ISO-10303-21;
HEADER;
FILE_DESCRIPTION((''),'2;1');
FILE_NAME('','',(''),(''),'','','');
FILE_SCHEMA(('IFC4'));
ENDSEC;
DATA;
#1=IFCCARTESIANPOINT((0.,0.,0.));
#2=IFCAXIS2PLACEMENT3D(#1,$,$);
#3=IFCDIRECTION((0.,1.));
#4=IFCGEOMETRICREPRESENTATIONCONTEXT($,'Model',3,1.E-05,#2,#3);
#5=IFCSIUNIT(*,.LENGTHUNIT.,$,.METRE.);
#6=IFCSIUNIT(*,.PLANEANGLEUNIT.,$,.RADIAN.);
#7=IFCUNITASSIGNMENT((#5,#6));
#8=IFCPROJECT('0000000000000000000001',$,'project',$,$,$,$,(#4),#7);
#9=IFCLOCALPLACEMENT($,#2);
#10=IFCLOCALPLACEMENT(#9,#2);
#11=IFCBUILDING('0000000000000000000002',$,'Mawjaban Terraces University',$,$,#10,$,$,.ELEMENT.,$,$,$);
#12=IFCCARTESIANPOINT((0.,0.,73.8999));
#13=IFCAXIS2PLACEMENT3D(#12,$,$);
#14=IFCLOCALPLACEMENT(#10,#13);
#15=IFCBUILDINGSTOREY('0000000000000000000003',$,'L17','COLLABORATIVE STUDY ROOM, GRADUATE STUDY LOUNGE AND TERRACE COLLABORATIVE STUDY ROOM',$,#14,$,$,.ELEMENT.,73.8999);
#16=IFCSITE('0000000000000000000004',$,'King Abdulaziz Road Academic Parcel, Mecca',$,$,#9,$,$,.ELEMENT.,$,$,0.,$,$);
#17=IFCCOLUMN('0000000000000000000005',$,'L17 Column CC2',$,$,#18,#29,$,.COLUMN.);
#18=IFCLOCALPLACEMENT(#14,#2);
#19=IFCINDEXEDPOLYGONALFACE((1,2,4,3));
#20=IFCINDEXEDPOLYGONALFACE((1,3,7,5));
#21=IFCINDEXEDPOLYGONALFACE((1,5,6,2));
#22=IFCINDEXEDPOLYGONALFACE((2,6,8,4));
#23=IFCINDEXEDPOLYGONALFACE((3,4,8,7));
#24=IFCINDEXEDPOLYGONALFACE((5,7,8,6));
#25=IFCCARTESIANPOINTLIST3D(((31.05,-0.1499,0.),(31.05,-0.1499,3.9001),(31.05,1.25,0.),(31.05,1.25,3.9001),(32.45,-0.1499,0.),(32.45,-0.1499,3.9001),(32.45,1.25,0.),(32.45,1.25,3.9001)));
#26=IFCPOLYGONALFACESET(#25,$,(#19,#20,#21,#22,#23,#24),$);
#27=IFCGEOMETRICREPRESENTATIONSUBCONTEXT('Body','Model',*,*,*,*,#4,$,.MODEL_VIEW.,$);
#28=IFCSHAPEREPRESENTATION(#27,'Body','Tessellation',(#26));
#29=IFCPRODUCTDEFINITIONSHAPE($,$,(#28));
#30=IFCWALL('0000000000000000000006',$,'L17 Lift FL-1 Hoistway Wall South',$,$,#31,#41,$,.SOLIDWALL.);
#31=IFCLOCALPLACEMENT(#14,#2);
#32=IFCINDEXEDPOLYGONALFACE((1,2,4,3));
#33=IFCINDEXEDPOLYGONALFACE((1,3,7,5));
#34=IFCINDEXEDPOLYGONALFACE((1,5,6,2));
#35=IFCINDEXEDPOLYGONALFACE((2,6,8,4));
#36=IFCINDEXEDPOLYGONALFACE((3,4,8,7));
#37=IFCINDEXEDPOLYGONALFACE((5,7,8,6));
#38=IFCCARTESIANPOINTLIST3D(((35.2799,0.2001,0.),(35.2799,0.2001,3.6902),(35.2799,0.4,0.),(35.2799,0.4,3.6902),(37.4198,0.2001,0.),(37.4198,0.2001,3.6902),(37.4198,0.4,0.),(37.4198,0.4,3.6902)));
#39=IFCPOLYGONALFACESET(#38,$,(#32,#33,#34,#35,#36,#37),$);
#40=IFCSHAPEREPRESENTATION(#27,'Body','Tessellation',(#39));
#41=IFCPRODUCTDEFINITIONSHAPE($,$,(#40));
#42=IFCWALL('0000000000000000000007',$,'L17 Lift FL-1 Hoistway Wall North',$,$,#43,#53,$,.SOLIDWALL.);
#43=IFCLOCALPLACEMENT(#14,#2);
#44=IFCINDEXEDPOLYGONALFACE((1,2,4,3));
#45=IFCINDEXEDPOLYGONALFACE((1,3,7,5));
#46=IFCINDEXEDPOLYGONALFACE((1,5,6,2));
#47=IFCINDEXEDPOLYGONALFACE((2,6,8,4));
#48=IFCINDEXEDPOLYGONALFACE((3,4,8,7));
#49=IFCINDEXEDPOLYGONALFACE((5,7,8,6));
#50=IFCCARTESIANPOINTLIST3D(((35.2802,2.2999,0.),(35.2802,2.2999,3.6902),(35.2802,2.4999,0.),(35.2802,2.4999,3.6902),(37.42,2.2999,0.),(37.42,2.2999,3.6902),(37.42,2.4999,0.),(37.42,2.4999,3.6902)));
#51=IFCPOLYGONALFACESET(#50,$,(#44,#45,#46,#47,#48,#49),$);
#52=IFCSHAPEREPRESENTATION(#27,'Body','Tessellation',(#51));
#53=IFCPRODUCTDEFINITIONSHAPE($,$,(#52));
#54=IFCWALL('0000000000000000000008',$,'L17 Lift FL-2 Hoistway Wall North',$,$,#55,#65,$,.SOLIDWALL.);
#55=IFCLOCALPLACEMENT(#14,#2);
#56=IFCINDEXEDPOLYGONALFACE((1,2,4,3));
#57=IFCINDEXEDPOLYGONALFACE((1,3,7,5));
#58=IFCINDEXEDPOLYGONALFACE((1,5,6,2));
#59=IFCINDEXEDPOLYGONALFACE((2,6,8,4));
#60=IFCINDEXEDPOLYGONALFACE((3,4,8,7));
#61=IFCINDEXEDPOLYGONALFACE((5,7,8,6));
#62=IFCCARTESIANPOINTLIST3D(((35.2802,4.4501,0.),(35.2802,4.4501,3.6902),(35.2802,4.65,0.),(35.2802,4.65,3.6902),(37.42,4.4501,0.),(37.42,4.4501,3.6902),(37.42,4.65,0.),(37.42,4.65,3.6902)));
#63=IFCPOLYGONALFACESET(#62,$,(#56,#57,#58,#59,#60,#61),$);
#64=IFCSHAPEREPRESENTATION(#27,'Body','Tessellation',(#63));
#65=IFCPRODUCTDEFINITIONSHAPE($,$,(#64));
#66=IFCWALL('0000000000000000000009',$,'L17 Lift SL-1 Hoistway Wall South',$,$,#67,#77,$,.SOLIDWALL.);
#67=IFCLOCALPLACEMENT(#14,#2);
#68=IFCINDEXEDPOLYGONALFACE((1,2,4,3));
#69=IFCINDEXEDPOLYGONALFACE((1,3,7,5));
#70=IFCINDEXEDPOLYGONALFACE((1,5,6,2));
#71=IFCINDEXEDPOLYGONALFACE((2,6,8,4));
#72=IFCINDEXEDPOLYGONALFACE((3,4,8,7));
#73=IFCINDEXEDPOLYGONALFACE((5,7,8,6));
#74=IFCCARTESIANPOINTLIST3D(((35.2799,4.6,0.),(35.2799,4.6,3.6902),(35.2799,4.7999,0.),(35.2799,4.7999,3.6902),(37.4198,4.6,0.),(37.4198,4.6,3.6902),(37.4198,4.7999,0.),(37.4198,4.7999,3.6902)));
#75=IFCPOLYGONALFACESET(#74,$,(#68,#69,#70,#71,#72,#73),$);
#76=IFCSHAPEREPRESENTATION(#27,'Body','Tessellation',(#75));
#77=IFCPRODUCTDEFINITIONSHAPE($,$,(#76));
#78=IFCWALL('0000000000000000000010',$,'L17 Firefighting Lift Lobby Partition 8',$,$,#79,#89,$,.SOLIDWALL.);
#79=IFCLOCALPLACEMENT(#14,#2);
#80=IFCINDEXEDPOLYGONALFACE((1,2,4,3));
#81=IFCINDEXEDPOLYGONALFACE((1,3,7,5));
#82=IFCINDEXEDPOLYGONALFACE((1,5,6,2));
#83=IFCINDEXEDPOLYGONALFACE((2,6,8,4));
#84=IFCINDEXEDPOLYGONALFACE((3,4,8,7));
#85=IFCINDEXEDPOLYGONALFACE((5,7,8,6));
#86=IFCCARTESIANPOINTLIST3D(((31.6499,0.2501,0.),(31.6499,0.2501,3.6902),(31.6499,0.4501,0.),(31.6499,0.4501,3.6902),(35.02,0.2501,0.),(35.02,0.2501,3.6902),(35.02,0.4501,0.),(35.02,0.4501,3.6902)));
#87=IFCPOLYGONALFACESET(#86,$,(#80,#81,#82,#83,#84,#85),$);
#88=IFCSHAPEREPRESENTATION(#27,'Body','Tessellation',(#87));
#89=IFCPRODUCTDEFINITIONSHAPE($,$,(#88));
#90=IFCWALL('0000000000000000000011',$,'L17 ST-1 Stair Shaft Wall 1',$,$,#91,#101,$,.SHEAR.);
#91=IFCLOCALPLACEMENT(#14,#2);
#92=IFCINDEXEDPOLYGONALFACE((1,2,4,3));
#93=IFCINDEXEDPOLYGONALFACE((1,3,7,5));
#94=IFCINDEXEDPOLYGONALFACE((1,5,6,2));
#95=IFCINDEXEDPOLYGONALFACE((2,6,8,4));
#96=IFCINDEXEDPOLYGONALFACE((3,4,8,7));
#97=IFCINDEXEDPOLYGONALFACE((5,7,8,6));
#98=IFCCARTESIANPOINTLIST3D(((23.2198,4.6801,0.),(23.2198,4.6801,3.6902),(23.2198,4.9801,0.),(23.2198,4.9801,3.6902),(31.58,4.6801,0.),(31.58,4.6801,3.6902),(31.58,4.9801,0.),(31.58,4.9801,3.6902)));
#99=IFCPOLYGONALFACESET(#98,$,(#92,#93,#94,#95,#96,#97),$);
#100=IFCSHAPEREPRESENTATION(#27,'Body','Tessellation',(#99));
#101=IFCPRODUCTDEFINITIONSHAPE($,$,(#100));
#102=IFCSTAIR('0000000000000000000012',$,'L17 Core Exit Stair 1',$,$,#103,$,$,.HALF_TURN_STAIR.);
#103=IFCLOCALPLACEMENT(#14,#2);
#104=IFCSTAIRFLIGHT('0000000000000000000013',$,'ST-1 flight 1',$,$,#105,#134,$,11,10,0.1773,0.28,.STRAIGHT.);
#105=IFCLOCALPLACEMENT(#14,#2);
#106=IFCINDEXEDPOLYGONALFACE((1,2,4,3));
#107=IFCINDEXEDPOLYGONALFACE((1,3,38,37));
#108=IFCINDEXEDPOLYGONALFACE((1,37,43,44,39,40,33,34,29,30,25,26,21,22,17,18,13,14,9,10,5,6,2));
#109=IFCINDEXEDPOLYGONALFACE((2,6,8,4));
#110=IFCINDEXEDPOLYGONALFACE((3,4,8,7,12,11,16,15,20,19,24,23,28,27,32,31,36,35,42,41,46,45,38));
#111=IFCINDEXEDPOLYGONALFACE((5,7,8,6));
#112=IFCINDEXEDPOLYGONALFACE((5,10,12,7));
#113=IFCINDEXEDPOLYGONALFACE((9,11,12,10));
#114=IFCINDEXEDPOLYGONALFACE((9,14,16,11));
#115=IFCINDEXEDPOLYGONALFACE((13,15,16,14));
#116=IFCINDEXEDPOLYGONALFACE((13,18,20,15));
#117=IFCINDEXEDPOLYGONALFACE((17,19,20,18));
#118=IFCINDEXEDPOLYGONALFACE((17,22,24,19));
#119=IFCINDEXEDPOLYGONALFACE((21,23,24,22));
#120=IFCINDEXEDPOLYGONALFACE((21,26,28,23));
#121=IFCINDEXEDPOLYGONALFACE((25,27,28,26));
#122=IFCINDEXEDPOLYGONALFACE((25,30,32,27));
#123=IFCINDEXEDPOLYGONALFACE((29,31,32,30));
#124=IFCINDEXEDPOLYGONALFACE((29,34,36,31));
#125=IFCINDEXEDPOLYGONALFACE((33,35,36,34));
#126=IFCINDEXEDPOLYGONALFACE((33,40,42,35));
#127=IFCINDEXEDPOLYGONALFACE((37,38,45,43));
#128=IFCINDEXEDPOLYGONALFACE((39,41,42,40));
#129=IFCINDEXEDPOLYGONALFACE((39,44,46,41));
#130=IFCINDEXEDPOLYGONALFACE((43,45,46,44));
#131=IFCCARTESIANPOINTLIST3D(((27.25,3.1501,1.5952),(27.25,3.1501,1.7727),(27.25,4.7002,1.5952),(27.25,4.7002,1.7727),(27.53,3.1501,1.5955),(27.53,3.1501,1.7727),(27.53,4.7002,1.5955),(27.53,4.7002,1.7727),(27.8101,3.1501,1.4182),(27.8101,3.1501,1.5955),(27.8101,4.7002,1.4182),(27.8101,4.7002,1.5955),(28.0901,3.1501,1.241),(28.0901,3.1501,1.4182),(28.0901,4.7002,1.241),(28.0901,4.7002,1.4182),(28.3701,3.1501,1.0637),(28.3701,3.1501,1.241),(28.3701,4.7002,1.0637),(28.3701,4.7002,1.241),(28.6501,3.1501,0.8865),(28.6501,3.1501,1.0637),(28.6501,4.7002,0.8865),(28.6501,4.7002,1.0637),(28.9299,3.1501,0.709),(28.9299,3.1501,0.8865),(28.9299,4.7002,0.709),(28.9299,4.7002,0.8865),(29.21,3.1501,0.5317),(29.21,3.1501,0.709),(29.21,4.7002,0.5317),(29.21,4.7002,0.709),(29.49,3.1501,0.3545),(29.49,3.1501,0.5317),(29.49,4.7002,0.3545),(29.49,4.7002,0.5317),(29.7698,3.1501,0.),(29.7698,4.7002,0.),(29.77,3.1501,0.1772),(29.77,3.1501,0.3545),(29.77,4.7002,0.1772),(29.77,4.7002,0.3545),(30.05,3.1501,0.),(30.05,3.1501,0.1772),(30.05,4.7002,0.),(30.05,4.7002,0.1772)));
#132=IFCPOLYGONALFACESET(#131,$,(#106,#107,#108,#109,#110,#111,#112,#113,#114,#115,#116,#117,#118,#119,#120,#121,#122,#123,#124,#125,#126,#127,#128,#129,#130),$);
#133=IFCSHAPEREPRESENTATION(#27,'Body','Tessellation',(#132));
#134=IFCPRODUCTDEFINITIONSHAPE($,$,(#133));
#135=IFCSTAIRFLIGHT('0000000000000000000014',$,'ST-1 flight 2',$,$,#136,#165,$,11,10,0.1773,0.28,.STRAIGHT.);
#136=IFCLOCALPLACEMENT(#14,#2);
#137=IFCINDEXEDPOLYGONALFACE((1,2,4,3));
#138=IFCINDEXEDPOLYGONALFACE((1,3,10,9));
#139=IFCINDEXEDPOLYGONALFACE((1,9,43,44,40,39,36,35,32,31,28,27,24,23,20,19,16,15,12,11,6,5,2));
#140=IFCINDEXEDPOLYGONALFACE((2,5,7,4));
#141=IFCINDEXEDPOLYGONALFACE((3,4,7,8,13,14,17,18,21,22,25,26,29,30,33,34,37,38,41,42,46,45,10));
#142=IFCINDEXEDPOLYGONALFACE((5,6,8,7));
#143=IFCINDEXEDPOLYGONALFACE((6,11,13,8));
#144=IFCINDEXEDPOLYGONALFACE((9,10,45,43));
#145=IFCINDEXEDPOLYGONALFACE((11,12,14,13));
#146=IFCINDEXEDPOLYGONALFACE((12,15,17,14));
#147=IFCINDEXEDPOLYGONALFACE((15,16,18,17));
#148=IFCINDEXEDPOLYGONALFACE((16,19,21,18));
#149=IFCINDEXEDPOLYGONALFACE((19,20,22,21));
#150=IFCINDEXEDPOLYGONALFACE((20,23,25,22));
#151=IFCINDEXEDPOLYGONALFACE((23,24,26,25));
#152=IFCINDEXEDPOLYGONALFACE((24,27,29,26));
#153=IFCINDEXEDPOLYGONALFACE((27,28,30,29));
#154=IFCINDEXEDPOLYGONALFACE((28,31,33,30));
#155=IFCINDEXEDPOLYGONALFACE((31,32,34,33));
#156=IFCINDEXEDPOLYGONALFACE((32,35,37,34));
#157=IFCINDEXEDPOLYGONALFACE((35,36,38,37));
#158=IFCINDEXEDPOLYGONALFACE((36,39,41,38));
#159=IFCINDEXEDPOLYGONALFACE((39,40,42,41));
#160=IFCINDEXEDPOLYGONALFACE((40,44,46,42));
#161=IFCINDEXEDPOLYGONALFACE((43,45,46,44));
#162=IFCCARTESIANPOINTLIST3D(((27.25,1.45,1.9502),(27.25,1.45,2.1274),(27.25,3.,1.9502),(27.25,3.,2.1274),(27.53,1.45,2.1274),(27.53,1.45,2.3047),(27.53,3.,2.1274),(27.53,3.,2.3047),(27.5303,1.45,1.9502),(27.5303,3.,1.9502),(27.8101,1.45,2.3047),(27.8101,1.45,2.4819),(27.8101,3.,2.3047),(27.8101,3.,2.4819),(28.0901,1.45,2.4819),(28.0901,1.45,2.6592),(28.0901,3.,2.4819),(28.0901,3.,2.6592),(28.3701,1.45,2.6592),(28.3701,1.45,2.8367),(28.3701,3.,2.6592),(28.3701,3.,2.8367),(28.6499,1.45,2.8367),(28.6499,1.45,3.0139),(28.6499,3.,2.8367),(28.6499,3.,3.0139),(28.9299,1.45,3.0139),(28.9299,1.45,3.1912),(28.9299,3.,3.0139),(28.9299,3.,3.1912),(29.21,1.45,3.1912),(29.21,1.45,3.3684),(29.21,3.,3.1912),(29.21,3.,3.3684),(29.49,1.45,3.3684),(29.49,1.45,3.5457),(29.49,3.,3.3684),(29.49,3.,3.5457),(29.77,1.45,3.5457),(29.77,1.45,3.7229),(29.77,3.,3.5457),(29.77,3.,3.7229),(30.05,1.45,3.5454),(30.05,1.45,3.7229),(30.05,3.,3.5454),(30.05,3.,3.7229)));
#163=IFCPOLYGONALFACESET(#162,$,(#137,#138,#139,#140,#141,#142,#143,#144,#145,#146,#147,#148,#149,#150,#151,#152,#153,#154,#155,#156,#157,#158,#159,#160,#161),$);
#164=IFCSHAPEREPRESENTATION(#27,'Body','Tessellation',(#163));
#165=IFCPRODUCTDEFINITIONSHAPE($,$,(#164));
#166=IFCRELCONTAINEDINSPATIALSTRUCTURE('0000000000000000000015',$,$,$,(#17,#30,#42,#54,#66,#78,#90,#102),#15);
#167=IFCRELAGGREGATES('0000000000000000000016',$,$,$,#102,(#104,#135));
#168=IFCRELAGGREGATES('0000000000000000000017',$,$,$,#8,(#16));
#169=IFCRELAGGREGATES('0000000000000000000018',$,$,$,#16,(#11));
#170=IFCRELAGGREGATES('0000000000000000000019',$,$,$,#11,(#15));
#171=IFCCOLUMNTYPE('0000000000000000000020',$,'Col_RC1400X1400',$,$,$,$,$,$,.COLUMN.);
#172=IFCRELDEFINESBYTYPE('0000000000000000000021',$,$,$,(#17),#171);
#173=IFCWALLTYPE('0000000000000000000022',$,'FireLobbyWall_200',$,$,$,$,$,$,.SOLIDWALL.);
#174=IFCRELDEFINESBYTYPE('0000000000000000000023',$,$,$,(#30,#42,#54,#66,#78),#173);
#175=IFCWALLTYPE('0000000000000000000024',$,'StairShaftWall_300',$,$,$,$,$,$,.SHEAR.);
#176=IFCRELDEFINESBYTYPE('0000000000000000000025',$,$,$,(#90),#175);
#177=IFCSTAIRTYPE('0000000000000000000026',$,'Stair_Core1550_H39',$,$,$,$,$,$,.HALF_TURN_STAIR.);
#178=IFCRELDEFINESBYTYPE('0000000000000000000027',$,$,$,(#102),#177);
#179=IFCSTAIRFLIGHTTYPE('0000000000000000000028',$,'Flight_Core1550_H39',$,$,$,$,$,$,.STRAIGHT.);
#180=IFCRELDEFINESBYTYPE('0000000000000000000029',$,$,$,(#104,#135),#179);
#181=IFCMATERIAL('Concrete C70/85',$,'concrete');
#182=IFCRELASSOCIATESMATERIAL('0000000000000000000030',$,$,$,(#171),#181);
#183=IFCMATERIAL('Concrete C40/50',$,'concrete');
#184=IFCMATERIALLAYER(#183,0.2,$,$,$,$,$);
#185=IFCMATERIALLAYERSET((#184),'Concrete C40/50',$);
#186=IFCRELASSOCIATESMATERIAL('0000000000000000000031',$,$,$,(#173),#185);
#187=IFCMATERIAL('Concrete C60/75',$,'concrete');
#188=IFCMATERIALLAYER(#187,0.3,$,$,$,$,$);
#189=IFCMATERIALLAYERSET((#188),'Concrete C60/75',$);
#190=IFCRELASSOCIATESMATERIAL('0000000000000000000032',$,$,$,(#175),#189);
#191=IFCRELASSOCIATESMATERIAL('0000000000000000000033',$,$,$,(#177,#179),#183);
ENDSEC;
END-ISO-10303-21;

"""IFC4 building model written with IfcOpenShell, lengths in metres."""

from ifc_helpers import new_model, si_unit, direction, frame, frame_2d, origin, origin_2d, place, context, subcontext, project, spatial, polyline, rectangle, outline, extrude, material, layer, layer_set, material_profile, profile_set, type_object, element, aggregate, save


model = new_model("IFC4")

# Units and contexts
model_context = context("Model", 3, precision=1e-05, world=origin(), true_north=direction((0.0, 1.0)))
body_context = subcontext(model_context, "Body", "Model", "MODEL_VIEW")
ifc_project = project(units=[si_unit("LENGTHUNIT", "METRE"), si_unit("PLANEANGLEUNIT", "RADIAN")], contexts=[model_context])

# Site, building, storey
site_placement = place(None, origin())
site = spatial("IfcSite", under=ifc_project, at=site_placement, Name="King Abdulaziz Road Academic Parcel, Mecca", CompositionType="ELEMENT", RefElevation=0.0)
building_placement = place(site_placement, origin())
building = spatial("IfcBuilding", under=site, at=building_placement, Name="Mawjaban Terraces University", CompositionType="ELEMENT")
storey_placement = place(building_placement, frame((0.0, 0.0, 73.8999)))
storey = spatial("IfcBuildingStorey", under=building, at=storey_placement, Name="L17", Description="COLLABORATIVE STUDY ROOM, GRADUATE STUDY LOUNGE AND TERRACE COLLABORATIVE STUDY ROOM", CompositionType="ELEMENT", Elevation=73.8999)

# Column
ifc_material_1 = material(Name="Concrete C70/85", Category="concrete")
ifc_material_profile = material_profile(ifc_material_1, rectangle(XDim=1.3999, YDim=1.3999, at=origin_2d()), Name="RC1400X1400")
ifc_profile_set = profile_set([ifc_material_profile], Name="Concrete C70/85")
column_type = type_object("IfcColumnType", Name="Col_RC1400X1400", PredefinedType="COLUMN", material=ifc_profile_set)
column_placement = place(storey_placement, frame((31.75, 0.55, 0.0), z_axis=(0.0, 0.0, 1.0), x_axis=(1.0, 0.0, 0.0)))
element("IfcColumn", 1, at=column_placement, inside=storey, type_object=column_type, Name="L17 Column CC2", PredefinedType="COLUMN", context=body_context, shape_type="SweptSolid", body=[
    extrude(rectangle(XDim=1.3999, YDim=1.3999, at=origin_2d()), origin(), (0.0, 0.0, 1.0), 3.9001),
])

# Shared definitions
ifc_material_2 = material(Name="Concrete C40/50", Category="concrete")
ifc_layer_1 = layer(ifc_material_2, 0.2)
ifc_layer_set_1 = layer_set([ifc_layer_1], Name="Concrete C40/50")
wall_type_1 = type_object("IfcWallType", Name="FireLobbyWall_200", PredefinedType="SOLIDWALL", material=ifc_layer_set_1)

# Walls
for number, where, z_axis, x_axis, name in (
    (2, (35.28, 0.3, 0.0), (0.0, 0.0, 1.0), (1.0, 0.0, 0.0), "L17 Lift FL-1 Hoistway Wall South"),
    (3, (37.4199, 2.3999, 0.0), (0.0, 0.0, 1.0), (-1.0, 0.0, 0.0), "L17 Lift FL-1 Hoistway Wall North"),
):
    element("IfcWall", number, at=place(storey_placement, frame(where, z_axis=z_axis, x_axis=x_axis)), inside=storey, type_object=wall_type_1, Name=name, PredefinedType="SOLIDWALL", context=body_context, shape_type="SweptSolid", body=[
        extrude(rectangle(XDim=2.1399, YDim=0.2, at=frame_2d((1.0698, 0.0))), origin(), (0.0, 0.0, 1.0), 3.6902),
    ])

# Walls
for number, where, z_axis, x_axis, name in (
    (4, (37.4199, 4.55, 0.0), (0.0, 0.0, 1.0), (-1.0, 0.0, 0.0), "L17 Lift FL-2 Hoistway Wall North"),
    (5, (35.28, 4.7, 0.0), (0.0, 0.0, 1.0), (1.0, 0.0, 0.0), "L17 Lift SL-1 Hoistway Wall South"),
):
    element("IfcWall", number, at=place(storey_placement, frame(where, z_axis=z_axis, x_axis=x_axis)), inside=storey, type_object=wall_type_1, Name=name, PredefinedType="SOLIDWALL", context=body_context, shape_type="SweptSolid", body=[
        extrude(rectangle(XDim=2.1399, YDim=0.2, at=frame_2d((1.0698, 0.0))), origin(), (0.0, 0.0, 1.0), 3.6902),
    ])
wall_1_placement = place(storey_placement, frame((31.6499, 0.3501, 0.0), z_axis=(0.0, 0.0, 1.0), x_axis=(1.0, 0.0, 0.0)))
element("IfcWall", 6, at=wall_1_placement, inside=storey, type_object=wall_type_1, Name="L17 Firefighting Lift Lobby Partition 8", PredefinedType="SOLIDWALL", context=body_context, shape_type="SweptSolid", body=[
    extrude(rectangle(XDim=3.3701, YDim=0.2, at=frame_2d((1.6851, 0.0))), origin(), (0.0, 0.0, 1.0), 3.6902),
])

# Wall
ifc_material_3 = material(Name="Concrete C60/75", Category="concrete")
ifc_layer_2 = layer(ifc_material_3, 0.3)
ifc_layer_set_2 = layer_set([ifc_layer_2], Name="Concrete C60/75")
wall_type_2 = type_object("IfcWallType", Name="StairShaftWall_300", PredefinedType="SHEAR", material=ifc_layer_set_2)
wall_2_placement = place(storey_placement, frame((31.5801, 4.8301, 0.0), z_axis=(0.0, 0.0, 1.0), x_axis=(-1.0, 0.0, 0.0)))
element("IfcWall", 7, at=wall_2_placement, inside=storey, type_object=wall_type_2, Name="L17 ST-1 Stair Shaft Wall 1", PredefinedType="SHEAR", context=body_context, shape_type="SweptSolid", body=[
    extrude(rectangle(XDim=8.3601, YDim=0.3, at=frame_2d((4.1802, 0.0))), origin(), (0.0, 0.0, 1.0), 3.6902),
])

# Stair, stair flights
stair_type = type_object("IfcStairType", Name="Stair_Core1550_H39", PredefinedType="HALF_TURN_STAIR", material=ifc_material_2)
stair_placement = place(storey_placement, origin())
stair = element("IfcStair", 8, at=stair_placement, inside=storey, type_object=stair_type, Name="L17 Core Exit Stair 1", PredefinedType="HALF_TURN_STAIR")
stair_flight_type = type_object("IfcStairFlightType", Name="Flight_Core1550_H39", PredefinedType="STRAIGHT", material=ifc_material_2)
stair_flight_1_placement = place(storey_placement, frame((30.05, 3.925, 0.0), z_axis=(0.0, 0.0, 1.0), x_axis=(-1.0, 0.0, 0.0)))
stair_flight_1 = element("IfcStairFlight", 9, at=stair_flight_1_placement, type_object=stair_flight_type, Name="ST-1 flight 1", NumberOfRisers=11, NumberOfTreads=10, PredefinedType="STRAIGHT", RiserHeight=0.1773, TreadLength=0.28, context=body_context, shape_type="SweptSolid", body=[
    extrude(outline(polyline([(0.0, 0.0), (0.0, 0.1772), (0.28, 0.1772), (0.28, 0.3545), (0.5601, 0.3545), (0.5601, 0.5317), (0.8401, 0.5317), (0.8401, 0.709), (1.1201, 0.709), (1.1201, 0.8865), (1.3999, 0.8865), (1.3999, 1.0637), (1.6799, 1.0637), (1.6799, 1.241), (1.96, 1.241), (1.96, 1.4182), (2.24, 1.4182), (2.24, 1.5955), (2.52, 1.5955), (2.52, 1.7727), (2.8, 1.7727), (2.8, 1.95), (2.8, 1.5952), (0.2803, 0.0), (0.0, 0.0)])), frame((0.0, 0.7749, 0.0), z_axis=(0.0, -1.0, 0.0), x_axis=(1.0, 0.0, 0.0)), (0.0, 0.0, 1.0), 1.55),
])
stair_flight_2_placement = place(storey_placement, frame((27.25, 2.2251, 1.9502), z_axis=(0.0, 0.0, 1.0), x_axis=(1.0, 0.0, 0.0)))
stair_flight_2 = element("IfcStairFlight", 10, at=stair_flight_2_placement, type_object=stair_flight_type, Name="ST-1 flight 2", NumberOfRisers=11, NumberOfTreads=10, PredefinedType="STRAIGHT", RiserHeight=0.1773, TreadLength=0.28, context=body_context, shape_type="SweptSolid", body=[
    extrude(outline(polyline([(0.0, 0.0), (0.0, 0.1772), (0.28, 0.1772), (0.28, 0.3545), (0.5601, 0.3545), (0.5601, 0.5317), (0.8401, 0.5317), (0.8401, 0.709), (1.1201, 0.709), (1.1201, 0.8865), (1.3999, 0.8865), (1.3999, 1.0637), (1.6799, 1.0637), (1.6799, 1.241), (1.96, 1.241), (1.96, 1.4182), (2.24, 1.4182), (2.24, 1.5955), (2.52, 1.5955), (2.52, 1.7727), (2.8, 1.7727), (2.8, 1.95), (2.8, 1.5952), (0.2803, 0.0), (0.0, 0.0)])), frame((0.0, 0.7749, 0.0), z_axis=(0.0, -1.0, 0.0), x_axis=(1.0, 0.0, 0.0)), (0.0, 0.0, 1.0), 1.55),
])
aggregate(stair, [stair_flight_1, stair_flight_2])

save(model, "model.ifc")
